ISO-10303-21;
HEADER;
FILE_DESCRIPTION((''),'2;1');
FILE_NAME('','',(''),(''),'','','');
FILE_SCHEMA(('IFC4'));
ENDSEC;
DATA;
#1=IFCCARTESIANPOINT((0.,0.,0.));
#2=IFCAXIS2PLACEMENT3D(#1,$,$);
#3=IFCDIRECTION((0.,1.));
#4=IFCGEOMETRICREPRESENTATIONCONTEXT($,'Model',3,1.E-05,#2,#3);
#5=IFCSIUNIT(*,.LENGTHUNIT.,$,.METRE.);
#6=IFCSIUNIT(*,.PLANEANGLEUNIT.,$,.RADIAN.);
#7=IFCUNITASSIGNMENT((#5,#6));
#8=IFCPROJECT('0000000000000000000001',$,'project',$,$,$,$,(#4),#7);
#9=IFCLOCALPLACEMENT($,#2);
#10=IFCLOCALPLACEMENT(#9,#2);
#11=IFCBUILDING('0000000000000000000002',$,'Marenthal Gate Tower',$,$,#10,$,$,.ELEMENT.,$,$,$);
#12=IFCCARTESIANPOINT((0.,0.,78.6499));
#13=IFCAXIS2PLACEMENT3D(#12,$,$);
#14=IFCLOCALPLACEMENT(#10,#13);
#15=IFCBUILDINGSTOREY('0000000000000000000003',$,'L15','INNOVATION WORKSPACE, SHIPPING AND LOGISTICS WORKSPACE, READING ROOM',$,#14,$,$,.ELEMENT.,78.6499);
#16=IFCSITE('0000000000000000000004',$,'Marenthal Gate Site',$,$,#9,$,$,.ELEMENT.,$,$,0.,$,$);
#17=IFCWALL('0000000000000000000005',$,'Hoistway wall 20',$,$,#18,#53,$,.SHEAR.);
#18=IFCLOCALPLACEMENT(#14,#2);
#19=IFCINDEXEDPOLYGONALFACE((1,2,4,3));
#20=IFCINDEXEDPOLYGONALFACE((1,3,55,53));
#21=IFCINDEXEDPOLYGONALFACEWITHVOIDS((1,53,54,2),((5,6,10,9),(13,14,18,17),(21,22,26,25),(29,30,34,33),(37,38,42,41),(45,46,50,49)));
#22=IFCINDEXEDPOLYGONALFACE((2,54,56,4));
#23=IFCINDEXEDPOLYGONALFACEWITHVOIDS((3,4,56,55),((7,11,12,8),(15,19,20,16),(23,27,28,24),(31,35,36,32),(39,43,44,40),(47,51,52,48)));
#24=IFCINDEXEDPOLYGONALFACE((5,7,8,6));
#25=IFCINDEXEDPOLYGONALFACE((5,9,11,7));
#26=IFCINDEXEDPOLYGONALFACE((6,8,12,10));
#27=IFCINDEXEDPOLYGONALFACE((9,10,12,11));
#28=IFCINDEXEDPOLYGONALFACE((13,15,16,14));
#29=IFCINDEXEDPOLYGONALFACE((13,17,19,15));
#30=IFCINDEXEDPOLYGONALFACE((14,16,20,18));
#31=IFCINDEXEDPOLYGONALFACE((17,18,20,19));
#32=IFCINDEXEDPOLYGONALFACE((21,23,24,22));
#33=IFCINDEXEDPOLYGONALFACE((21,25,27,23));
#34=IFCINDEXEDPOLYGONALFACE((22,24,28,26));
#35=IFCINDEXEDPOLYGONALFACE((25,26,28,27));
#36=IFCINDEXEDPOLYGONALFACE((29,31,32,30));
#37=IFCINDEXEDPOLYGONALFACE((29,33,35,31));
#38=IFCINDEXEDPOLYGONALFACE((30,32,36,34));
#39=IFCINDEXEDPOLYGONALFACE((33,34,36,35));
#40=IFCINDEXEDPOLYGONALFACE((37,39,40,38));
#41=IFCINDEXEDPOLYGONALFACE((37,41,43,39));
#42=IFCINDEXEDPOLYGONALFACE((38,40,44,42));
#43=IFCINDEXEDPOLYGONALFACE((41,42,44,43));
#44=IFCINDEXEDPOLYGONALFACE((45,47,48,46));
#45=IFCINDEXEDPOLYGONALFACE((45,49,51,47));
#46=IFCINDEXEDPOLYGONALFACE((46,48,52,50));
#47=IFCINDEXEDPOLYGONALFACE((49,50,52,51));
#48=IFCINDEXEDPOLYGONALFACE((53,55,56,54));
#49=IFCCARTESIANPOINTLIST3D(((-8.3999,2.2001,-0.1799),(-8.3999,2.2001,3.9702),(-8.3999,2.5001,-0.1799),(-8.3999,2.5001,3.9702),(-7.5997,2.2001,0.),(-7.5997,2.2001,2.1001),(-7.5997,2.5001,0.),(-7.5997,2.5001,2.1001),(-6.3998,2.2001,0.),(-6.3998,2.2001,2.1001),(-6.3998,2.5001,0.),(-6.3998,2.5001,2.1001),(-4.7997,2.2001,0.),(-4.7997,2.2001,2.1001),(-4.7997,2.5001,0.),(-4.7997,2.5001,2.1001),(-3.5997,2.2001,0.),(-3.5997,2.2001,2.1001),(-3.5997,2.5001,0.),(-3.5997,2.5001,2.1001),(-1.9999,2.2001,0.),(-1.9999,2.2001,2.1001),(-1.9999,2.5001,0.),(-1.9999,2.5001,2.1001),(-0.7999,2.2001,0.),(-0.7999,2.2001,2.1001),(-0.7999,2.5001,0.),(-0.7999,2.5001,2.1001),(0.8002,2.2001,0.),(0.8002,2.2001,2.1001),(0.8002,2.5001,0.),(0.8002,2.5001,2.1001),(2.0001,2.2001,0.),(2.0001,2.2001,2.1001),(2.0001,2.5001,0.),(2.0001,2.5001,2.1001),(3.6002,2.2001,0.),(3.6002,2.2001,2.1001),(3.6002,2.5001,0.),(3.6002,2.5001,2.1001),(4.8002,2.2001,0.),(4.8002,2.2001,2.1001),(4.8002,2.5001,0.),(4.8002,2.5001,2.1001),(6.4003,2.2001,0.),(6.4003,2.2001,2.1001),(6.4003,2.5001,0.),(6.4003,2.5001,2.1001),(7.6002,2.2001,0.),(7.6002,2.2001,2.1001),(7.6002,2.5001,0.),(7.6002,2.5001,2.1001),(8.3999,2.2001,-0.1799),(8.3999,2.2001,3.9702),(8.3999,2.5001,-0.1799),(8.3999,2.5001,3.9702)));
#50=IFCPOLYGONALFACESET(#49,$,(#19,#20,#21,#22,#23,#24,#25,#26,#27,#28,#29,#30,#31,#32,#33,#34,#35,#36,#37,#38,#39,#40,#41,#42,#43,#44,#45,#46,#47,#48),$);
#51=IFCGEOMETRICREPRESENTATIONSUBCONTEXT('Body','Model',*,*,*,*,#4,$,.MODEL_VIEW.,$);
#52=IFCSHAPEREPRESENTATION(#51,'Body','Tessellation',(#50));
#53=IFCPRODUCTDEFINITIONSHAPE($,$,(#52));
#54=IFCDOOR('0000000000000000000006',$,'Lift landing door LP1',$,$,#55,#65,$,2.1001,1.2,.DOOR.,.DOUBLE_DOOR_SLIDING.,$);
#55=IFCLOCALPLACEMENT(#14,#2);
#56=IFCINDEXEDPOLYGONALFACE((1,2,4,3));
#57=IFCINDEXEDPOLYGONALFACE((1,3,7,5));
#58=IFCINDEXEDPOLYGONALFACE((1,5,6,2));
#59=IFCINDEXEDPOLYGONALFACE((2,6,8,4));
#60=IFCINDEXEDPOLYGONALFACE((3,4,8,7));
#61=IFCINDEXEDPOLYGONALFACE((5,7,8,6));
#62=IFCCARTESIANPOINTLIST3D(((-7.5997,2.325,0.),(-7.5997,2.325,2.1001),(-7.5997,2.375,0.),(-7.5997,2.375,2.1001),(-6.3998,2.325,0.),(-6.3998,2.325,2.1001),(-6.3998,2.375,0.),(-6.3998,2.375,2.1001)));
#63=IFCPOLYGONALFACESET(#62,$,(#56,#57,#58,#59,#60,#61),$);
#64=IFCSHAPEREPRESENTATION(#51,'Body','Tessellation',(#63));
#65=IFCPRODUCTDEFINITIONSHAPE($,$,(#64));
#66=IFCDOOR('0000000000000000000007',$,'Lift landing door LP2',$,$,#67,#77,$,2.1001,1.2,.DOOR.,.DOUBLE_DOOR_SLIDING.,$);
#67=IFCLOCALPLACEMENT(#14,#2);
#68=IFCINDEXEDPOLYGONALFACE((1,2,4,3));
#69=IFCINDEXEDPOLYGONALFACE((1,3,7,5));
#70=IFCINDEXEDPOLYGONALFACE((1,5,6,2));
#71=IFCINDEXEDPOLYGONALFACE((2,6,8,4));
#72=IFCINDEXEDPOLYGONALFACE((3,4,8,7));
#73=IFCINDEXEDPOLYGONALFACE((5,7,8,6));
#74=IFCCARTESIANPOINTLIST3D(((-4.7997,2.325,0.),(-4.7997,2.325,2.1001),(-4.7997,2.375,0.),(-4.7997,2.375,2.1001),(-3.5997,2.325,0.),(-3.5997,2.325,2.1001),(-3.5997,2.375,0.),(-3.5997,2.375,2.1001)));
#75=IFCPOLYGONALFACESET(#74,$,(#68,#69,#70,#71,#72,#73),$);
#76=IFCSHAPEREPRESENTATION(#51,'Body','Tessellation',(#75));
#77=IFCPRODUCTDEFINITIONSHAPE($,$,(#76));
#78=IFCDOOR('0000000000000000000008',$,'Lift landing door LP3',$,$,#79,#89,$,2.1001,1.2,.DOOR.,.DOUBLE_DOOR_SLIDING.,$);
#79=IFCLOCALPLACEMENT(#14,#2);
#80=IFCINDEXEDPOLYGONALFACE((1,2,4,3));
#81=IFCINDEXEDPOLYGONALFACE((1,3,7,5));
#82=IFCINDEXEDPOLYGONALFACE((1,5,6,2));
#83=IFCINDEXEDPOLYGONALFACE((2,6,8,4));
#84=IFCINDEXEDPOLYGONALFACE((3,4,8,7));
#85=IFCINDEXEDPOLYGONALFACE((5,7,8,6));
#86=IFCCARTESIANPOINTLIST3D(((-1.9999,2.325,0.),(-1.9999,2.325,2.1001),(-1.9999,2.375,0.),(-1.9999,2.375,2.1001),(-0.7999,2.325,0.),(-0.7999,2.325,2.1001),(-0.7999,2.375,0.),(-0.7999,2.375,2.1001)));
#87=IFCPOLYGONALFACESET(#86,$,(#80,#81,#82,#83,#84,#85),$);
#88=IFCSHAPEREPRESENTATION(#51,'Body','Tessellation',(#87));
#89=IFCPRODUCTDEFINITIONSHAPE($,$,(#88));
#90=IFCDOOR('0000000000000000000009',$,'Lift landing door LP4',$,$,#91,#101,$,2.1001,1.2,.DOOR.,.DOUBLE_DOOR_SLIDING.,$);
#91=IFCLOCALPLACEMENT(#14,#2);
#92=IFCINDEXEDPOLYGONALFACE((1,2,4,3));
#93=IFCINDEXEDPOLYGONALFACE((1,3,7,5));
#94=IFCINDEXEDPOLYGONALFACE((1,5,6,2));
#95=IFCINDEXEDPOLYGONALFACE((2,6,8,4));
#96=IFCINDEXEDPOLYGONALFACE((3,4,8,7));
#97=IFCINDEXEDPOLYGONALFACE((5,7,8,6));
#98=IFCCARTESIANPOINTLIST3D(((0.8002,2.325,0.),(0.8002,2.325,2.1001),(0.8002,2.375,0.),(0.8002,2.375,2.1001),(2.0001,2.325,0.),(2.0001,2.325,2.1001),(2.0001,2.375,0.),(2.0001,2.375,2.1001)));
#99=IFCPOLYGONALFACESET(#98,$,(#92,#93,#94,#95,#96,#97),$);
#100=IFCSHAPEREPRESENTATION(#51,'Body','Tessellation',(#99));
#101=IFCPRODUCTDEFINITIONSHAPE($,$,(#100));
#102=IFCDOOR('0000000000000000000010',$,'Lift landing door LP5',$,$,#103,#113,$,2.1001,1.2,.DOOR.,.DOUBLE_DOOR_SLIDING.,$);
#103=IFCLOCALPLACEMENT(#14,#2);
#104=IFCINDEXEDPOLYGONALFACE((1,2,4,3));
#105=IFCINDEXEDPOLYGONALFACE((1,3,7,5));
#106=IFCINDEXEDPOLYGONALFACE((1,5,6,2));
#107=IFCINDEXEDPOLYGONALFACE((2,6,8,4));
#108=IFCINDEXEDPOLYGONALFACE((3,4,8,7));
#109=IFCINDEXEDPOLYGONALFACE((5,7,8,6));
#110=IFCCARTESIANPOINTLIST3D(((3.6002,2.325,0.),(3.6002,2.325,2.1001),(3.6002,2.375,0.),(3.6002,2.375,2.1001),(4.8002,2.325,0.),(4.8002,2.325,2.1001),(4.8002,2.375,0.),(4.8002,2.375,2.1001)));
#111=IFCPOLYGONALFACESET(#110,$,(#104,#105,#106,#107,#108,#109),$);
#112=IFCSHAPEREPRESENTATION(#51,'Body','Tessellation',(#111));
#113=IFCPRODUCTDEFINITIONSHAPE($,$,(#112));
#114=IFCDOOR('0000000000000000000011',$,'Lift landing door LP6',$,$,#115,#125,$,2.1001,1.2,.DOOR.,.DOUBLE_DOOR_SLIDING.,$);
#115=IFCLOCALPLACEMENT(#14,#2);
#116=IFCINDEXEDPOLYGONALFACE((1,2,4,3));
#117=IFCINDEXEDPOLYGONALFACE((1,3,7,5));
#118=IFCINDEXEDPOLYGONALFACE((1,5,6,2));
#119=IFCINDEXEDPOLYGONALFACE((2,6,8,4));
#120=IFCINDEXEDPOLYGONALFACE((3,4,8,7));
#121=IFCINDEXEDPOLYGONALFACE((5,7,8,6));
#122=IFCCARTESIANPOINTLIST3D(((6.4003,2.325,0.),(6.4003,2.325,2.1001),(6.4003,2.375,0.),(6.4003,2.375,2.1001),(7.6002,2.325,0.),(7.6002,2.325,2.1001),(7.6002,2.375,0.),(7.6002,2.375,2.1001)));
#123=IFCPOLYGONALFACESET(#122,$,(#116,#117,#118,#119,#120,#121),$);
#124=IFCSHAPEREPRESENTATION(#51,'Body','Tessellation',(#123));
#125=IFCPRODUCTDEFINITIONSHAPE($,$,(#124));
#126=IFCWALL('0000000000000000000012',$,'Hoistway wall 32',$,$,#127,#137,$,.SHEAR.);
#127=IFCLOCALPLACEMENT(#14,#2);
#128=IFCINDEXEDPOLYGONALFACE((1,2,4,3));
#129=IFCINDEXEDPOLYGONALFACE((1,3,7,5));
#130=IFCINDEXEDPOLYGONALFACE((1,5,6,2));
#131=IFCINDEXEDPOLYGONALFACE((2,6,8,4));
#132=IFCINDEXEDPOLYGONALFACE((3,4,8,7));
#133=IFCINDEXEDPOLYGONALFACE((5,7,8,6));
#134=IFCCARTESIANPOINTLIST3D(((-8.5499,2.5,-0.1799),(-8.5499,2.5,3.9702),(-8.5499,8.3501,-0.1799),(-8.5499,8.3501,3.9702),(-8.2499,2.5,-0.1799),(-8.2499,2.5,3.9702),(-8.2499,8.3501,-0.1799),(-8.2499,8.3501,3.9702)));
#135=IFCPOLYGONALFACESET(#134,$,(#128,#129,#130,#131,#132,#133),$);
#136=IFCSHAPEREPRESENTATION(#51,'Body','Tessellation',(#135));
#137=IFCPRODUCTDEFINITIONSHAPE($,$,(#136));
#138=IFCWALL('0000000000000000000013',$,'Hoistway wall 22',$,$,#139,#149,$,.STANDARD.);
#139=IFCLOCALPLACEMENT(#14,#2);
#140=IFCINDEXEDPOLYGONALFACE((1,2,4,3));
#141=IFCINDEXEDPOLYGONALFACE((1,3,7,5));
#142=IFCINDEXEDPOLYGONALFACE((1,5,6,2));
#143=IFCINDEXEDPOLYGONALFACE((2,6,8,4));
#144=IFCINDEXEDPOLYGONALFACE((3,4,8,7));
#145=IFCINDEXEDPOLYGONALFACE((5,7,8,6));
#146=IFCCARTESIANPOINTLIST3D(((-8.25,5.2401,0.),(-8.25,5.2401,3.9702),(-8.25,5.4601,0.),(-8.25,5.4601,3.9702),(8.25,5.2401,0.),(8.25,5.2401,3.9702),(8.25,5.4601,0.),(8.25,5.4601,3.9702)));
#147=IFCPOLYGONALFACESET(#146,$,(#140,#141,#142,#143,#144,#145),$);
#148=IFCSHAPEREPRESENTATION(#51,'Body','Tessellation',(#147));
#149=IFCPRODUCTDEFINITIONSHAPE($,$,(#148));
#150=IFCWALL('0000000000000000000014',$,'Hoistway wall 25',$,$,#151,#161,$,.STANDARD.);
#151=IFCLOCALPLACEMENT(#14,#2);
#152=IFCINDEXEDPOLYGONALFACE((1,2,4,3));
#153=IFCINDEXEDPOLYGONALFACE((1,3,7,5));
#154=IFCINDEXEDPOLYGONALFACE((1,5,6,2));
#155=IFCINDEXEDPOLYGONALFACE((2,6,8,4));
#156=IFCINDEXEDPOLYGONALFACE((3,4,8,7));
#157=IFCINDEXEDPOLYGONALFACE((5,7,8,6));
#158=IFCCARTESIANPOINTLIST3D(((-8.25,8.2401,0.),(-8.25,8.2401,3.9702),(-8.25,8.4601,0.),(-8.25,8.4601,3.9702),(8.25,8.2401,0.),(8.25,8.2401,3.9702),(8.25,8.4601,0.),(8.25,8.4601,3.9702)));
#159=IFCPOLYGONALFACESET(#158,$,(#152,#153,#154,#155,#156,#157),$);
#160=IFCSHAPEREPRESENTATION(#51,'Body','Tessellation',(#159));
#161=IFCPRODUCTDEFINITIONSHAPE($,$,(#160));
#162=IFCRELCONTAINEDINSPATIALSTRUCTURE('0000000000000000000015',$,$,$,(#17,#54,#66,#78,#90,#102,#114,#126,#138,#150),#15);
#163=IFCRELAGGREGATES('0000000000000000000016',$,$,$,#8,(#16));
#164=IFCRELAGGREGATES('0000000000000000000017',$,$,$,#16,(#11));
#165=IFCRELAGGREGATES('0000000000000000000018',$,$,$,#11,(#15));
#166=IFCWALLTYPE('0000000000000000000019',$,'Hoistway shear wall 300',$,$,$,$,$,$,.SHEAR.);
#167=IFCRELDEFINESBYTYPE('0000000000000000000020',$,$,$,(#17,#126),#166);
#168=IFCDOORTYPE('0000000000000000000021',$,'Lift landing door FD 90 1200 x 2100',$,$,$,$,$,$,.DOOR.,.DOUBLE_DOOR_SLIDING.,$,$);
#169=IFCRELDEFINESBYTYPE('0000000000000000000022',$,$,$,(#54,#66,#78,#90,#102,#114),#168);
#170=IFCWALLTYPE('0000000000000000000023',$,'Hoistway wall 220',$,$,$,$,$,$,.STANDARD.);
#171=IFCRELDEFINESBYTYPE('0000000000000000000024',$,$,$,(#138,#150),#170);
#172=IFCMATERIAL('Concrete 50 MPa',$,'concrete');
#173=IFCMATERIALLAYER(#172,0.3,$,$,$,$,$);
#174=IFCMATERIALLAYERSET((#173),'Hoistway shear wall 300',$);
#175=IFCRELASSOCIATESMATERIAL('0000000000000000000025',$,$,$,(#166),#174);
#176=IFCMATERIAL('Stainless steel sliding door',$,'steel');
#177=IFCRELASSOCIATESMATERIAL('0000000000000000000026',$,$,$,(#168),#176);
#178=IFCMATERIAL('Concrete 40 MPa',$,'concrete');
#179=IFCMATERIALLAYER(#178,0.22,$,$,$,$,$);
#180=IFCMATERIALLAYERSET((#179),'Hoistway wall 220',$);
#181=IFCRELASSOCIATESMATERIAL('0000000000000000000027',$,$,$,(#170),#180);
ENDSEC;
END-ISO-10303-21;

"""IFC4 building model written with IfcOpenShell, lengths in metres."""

from ifc_helpers import new_model, si_unit, direction, frame, frame_2d, origin, place, context, subcontext, project, spatial, rectangle, extrude, material, layer, layer_set, type_object, element, fill, save


model = new_model("IFC4")

# Units and contexts
model_context = context("Model", 3, precision=1e-05, world=origin(), true_north=direction((0.0, 1.0)))
body_context = subcontext(model_context, "Body", "Model", "MODEL_VIEW")
ifc_project = project(units=[si_unit("LENGTHUNIT", "METRE"), si_unit("PLANEANGLEUNIT", "RADIAN")], contexts=[model_context])

# Site, building, storey
site_placement = place(None, origin())
site = spatial("IfcSite", under=ifc_project, at=site_placement, Name="Marenthal Gate Site", CompositionType="ELEMENT", RefElevation=0.0)
building_placement = place(site_placement, origin())
building = spatial("IfcBuilding", under=site, at=building_placement, Name="Marenthal Gate Tower", CompositionType="ELEMENT")
storey_placement = place(building_placement, frame((0.0, 0.0, 78.6499)))
storey = spatial("IfcBuildingStorey", under=building, at=storey_placement, Name="L15", Description="INNOVATION WORKSPACE, SHIPPING AND LOGISTICS WORKSPACE, READING ROOM", CompositionType="ELEMENT", Elevation=78.6499)

# Wall, openings, doors
ifc_material_1 = material(Name="Concrete 50 MPa", Category="concrete")
ifc_layer_1 = layer(ifc_material_1, 0.3)
ifc_layer_set_1 = layer_set([ifc_layer_1], Name="Hoistway shear wall 300")
wall_type_1 = type_object("IfcWallType", Name="Hoistway shear wall 300", PredefinedType="SHEAR", material=ifc_layer_set_1)
wall_1_placement = place(storey_placement, frame((-8.3999, 2.3501, -0.1799), z_axis=(0.0, 0.0, 1.0), x_axis=(1.0, 0.0, 0.0)))
wall_1 = element("IfcWall", 1, at=wall_1_placement, inside=storey, type_object=wall_type_1, Name="Hoistway wall 20", PredefinedType="SHEAR", context=body_context, shape_type="SweptSolid", body=[
    extrude(rectangle(XDim=16.7998, YDim=0.3, at=frame_2d((8.3999, 0.0))), origin(), (0.0, 0.0, 1.0), 4.1501),
])
opening_1_placement = place(wall_1_placement, frame((0.8, 0.0, 0.1799)))
opening_1 = element("IfcOpeningElement", 2, at=opening_1_placement, cuts=wall_1, PredefinedType="OPENING", context=body_context, shape_type="SweptSolid", body=[
    extrude(rectangle(XDim=1.2, YDim=2.1001, at=frame_2d((0.6001, 1.05))), frame((0.0, 0.1602, 0.0), z_axis=(0.0, -1.0, 0.0), x_axis=(1.0, 0.0, 0.0)), (0.0, 0.0, 1.0), 0.3201),
])
opening_2_placement = place(wall_1_placement, frame((3.6001, 0.0, 0.1799)))
opening_2 = element("IfcOpeningElement", 3, at=opening_2_placement, cuts=wall_1, PredefinedType="OPENING", context=body_context, shape_type="SweptSolid", body=[
    extrude(rectangle(XDim=1.2, YDim=2.1001, at=frame_2d((0.6001, 1.05))), frame((0.0, 0.1602, 0.0), z_axis=(0.0, -1.0, 0.0), x_axis=(1.0, 0.0, 0.0)), (0.0, 0.0, 1.0), 0.3201),
])
opening_3_placement = place(wall_1_placement, frame((6.3999, 0.0, 0.1799)))
opening_3 = element("IfcOpeningElement", 4, at=opening_3_placement, cuts=wall_1, PredefinedType="OPENING", context=body_context, shape_type="SweptSolid", body=[
    extrude(rectangle(XDim=1.2, YDim=2.1001, at=frame_2d((0.6001, 1.05))), frame((0.0, 0.1602, 0.0), z_axis=(0.0, -1.0, 0.0), x_axis=(1.0, 0.0, 0.0)), (0.0, 0.0, 1.0), 0.3201),
])
opening_4_placement = place(wall_1_placement, frame((9.2, 0.0, 0.1799)))
opening_4 = element("IfcOpeningElement", 5, at=opening_4_placement, cuts=wall_1, PredefinedType="OPENING", context=body_context, shape_type="SweptSolid", body=[
    extrude(rectangle(XDim=1.2, YDim=2.1001, at=frame_2d((0.6001, 1.05))), frame((0.0, 0.1602, 0.0), z_axis=(0.0, -1.0, 0.0), x_axis=(1.0, 0.0, 0.0)), (0.0, 0.0, 1.0), 0.3201),
])
opening_5_placement = place(wall_1_placement, frame((12.0, 0.0, 0.1799)))
opening_5 = element("IfcOpeningElement", 6, at=opening_5_placement, cuts=wall_1, PredefinedType="OPENING", context=body_context, shape_type="SweptSolid", body=[
    extrude(rectangle(XDim=1.2, YDim=2.1001, at=frame_2d((0.6001, 1.05))), frame((0.0, 0.1602, 0.0), z_axis=(0.0, -1.0, 0.0), x_axis=(1.0, 0.0, 0.0)), (0.0, 0.0, 1.0), 0.3201),
])
opening_6_placement = place(wall_1_placement, frame((14.8, 0.0, 0.1799)))
opening_6 = element("IfcOpeningElement", 7, at=opening_6_placement, cuts=wall_1, PredefinedType="OPENING", context=body_context, shape_type="SweptSolid", body=[
    extrude(rectangle(XDim=1.2, YDim=2.1001, at=frame_2d((0.6001, 1.05))), frame((0.0, 0.1602, 0.0), z_axis=(0.0, -1.0, 0.0), x_axis=(1.0, 0.0, 0.0)), (0.0, 0.0, 1.0), 0.3201),
])
ifc_material_2 = material(Name="Stainless steel sliding door", Category="steel")
door_type_1 = type_object("IfcDoorType", Name="Lift landing door FD 90 1200 x 2100", OperationType="DOUBLE_DOOR_SLIDING", PredefinedType="DOOR", material=ifc_material_2)
door_1_placement = place(opening_1_placement, origin())
door_1 = element("IfcDoor", 8, at=door_1_placement, inside=storey, type_object=door_type_1, Name="Lift landing door LP1", OperationType="DOUBLE_DOOR_SLIDING", OverallHeight=2.1001, OverallWidth=1.2, PredefinedType="DOOR", context=body_context, shape_type="SweptSolid", body=[
    extrude(rectangle(XDim=1.2, YDim=2.1001, at=frame_2d((0.6001, 1.05))), frame((0.0, 0.0249, 0.0), z_axis=(0.0, -1.0, 0.0), x_axis=(1.0, 0.0, 0.0)), (0.0, 0.0, 1.0), 0.05),
])
fill(opening_1, door_1)
door_2_placement = place(opening_2_placement, origin())
door_2 = element("IfcDoor", 9, at=door_2_placement, inside=storey, type_object=door_type_1, Name="Lift landing door LP2", OperationType="DOUBLE_DOOR_SLIDING", OverallHeight=2.1001, OverallWidth=1.2, PredefinedType="DOOR", context=body_context, shape_type="SweptSolid", body=[
    extrude(rectangle(XDim=1.2, YDim=2.1001, at=frame_2d((0.6001, 1.05))), frame((0.0, 0.0249, 0.0), z_axis=(0.0, -1.0, 0.0), x_axis=(1.0, 0.0, 0.0)), (0.0, 0.0, 1.0), 0.05),
])
fill(opening_2, door_2)
door_3_placement = place(opening_3_placement, origin())
door_3 = element("IfcDoor", 10, at=door_3_placement, inside=storey, type_object=door_type_1, Name="Lift landing door LP3", OperationType="DOUBLE_DOOR_SLIDING", OverallHeight=2.1001, OverallWidth=1.2, PredefinedType="DOOR", context=body_context, shape_type="SweptSolid", body=[
    extrude(rectangle(XDim=1.2, YDim=2.1001, at=frame_2d((0.6001, 1.05))), frame((0.0, 0.0249, 0.0), z_axis=(0.0, -1.0, 0.0), x_axis=(1.0, 0.0, 0.0)), (0.0, 0.0, 1.0), 0.05),
])
fill(opening_3, door_3)
door_4_placement = place(opening_4_placement, origin())
door_4 = element("IfcDoor", 11, at=door_4_placement, inside=storey, type_object=door_type_1, Name="Lift landing door LP4", OperationType="DOUBLE_DOOR_SLIDING", OverallHeight=2.1001, OverallWidth=1.2, PredefinedType="DOOR", context=body_context, shape_type="SweptSolid", body=[
    extrude(rectangle(XDim=1.2, YDim=2.1001, at=frame_2d((0.6001, 1.05))), frame((0.0, 0.0249, 0.0), z_axis=(0.0, -1.0, 0.0), x_axis=(1.0, 0.0, 0.0)), (0.0, 0.0, 1.0), 0.05),
])
fill(opening_4, door_4)
door_5_placement = place(opening_5_placement, origin())
door_5 = element("IfcDoor", 12, at=door_5_placement, inside=storey, type_object=door_type_1, Name="Lift landing door LP5", OperationType="DOUBLE_DOOR_SLIDING", OverallHeight=2.1001, OverallWidth=1.2, PredefinedType="DOOR", context=body_context, shape_type="SweptSolid", body=[
    extrude(rectangle(XDim=1.2, YDim=2.1001, at=frame_2d((0.6001, 1.05))), frame((0.0, 0.0249, 0.0), z_axis=(0.0, -1.0, 0.0), x_axis=(1.0, 0.0, 0.0)), (0.0, 0.0, 1.0), 0.05),
])
fill(opening_5, door_5)
door_6_placement = place(opening_6_placement, origin())
door_6 = element("IfcDoor", 13, at=door_6_placement, inside=storey, type_object=door_type_1, Name="Lift landing door LP6", OperationType="DOUBLE_DOOR_SLIDING", OverallHeight=2.1001, OverallWidth=1.2, PredefinedType="DOOR", context=body_context, shape_type="SweptSolid", body=[
    extrude(rectangle(XDim=1.2, YDim=2.1001, at=frame_2d((0.6001, 1.05))), frame((0.0, 0.0249, 0.0), z_axis=(0.0, -1.0, 0.0), x_axis=(1.0, 0.0, 0.0)), (0.0, 0.0, 1.0), 0.05),
])
fill(opening_6, door_6)

# Walls
wall_2_placement = place(storey_placement, frame((-8.3999, 2.5, -0.1799), z_axis=(0.0, 0.0, 1.0), x_axis=(0.0, 1.0, 0.0)))
element("IfcWall", 14, at=wall_2_placement, inside=storey, type_object=wall_type_1, Name="Hoistway wall 32", PredefinedType="SHEAR", context=body_context, shape_type="SweptSolid", body=[
    extrude(rectangle(XDim=5.8501, YDim=0.3, at=frame_2d((2.925, 0.0))), origin(), (0.0, 0.0, 1.0), 4.1501),
])
ifc_material_3 = material(Name="Concrete 40 MPa", Category="concrete")
ifc_layer_2 = layer(ifc_material_3, 0.22)
ifc_layer_set_2 = layer_set([ifc_layer_2], Name="Hoistway wall 220")
wall_type_2 = type_object("IfcWallType", Name="Hoistway wall 220", PredefinedType="STANDARD", material=ifc_layer_set_2)
for number, where, z_axis, x_axis, name in (
    (15, (-8.25, 5.3501, 0.0), (0.0, 0.0, 1.0), (1.0, 0.0, 0.0), "Hoistway wall 22"),
    (16, (-8.25, 8.3501, 0.0), (0.0, 0.0, 1.0), (1.0, 0.0, 0.0), "Hoistway wall 25"),
):
    element("IfcWall", number, at=place(storey_placement, frame(where, z_axis=z_axis, x_axis=x_axis)), inside=storey, type_object=wall_type_2, Name=name, PredefinedType="STANDARD", context=body_context, shape_type="SweptSolid", body=[
        extrude(rectangle(XDim=16.5, YDim=0.22, at=frame_2d((8.25, 0.0))), origin(), (0.0, 0.0, 1.0), 3.9702),
    ])

save(model, "model.ifc")
